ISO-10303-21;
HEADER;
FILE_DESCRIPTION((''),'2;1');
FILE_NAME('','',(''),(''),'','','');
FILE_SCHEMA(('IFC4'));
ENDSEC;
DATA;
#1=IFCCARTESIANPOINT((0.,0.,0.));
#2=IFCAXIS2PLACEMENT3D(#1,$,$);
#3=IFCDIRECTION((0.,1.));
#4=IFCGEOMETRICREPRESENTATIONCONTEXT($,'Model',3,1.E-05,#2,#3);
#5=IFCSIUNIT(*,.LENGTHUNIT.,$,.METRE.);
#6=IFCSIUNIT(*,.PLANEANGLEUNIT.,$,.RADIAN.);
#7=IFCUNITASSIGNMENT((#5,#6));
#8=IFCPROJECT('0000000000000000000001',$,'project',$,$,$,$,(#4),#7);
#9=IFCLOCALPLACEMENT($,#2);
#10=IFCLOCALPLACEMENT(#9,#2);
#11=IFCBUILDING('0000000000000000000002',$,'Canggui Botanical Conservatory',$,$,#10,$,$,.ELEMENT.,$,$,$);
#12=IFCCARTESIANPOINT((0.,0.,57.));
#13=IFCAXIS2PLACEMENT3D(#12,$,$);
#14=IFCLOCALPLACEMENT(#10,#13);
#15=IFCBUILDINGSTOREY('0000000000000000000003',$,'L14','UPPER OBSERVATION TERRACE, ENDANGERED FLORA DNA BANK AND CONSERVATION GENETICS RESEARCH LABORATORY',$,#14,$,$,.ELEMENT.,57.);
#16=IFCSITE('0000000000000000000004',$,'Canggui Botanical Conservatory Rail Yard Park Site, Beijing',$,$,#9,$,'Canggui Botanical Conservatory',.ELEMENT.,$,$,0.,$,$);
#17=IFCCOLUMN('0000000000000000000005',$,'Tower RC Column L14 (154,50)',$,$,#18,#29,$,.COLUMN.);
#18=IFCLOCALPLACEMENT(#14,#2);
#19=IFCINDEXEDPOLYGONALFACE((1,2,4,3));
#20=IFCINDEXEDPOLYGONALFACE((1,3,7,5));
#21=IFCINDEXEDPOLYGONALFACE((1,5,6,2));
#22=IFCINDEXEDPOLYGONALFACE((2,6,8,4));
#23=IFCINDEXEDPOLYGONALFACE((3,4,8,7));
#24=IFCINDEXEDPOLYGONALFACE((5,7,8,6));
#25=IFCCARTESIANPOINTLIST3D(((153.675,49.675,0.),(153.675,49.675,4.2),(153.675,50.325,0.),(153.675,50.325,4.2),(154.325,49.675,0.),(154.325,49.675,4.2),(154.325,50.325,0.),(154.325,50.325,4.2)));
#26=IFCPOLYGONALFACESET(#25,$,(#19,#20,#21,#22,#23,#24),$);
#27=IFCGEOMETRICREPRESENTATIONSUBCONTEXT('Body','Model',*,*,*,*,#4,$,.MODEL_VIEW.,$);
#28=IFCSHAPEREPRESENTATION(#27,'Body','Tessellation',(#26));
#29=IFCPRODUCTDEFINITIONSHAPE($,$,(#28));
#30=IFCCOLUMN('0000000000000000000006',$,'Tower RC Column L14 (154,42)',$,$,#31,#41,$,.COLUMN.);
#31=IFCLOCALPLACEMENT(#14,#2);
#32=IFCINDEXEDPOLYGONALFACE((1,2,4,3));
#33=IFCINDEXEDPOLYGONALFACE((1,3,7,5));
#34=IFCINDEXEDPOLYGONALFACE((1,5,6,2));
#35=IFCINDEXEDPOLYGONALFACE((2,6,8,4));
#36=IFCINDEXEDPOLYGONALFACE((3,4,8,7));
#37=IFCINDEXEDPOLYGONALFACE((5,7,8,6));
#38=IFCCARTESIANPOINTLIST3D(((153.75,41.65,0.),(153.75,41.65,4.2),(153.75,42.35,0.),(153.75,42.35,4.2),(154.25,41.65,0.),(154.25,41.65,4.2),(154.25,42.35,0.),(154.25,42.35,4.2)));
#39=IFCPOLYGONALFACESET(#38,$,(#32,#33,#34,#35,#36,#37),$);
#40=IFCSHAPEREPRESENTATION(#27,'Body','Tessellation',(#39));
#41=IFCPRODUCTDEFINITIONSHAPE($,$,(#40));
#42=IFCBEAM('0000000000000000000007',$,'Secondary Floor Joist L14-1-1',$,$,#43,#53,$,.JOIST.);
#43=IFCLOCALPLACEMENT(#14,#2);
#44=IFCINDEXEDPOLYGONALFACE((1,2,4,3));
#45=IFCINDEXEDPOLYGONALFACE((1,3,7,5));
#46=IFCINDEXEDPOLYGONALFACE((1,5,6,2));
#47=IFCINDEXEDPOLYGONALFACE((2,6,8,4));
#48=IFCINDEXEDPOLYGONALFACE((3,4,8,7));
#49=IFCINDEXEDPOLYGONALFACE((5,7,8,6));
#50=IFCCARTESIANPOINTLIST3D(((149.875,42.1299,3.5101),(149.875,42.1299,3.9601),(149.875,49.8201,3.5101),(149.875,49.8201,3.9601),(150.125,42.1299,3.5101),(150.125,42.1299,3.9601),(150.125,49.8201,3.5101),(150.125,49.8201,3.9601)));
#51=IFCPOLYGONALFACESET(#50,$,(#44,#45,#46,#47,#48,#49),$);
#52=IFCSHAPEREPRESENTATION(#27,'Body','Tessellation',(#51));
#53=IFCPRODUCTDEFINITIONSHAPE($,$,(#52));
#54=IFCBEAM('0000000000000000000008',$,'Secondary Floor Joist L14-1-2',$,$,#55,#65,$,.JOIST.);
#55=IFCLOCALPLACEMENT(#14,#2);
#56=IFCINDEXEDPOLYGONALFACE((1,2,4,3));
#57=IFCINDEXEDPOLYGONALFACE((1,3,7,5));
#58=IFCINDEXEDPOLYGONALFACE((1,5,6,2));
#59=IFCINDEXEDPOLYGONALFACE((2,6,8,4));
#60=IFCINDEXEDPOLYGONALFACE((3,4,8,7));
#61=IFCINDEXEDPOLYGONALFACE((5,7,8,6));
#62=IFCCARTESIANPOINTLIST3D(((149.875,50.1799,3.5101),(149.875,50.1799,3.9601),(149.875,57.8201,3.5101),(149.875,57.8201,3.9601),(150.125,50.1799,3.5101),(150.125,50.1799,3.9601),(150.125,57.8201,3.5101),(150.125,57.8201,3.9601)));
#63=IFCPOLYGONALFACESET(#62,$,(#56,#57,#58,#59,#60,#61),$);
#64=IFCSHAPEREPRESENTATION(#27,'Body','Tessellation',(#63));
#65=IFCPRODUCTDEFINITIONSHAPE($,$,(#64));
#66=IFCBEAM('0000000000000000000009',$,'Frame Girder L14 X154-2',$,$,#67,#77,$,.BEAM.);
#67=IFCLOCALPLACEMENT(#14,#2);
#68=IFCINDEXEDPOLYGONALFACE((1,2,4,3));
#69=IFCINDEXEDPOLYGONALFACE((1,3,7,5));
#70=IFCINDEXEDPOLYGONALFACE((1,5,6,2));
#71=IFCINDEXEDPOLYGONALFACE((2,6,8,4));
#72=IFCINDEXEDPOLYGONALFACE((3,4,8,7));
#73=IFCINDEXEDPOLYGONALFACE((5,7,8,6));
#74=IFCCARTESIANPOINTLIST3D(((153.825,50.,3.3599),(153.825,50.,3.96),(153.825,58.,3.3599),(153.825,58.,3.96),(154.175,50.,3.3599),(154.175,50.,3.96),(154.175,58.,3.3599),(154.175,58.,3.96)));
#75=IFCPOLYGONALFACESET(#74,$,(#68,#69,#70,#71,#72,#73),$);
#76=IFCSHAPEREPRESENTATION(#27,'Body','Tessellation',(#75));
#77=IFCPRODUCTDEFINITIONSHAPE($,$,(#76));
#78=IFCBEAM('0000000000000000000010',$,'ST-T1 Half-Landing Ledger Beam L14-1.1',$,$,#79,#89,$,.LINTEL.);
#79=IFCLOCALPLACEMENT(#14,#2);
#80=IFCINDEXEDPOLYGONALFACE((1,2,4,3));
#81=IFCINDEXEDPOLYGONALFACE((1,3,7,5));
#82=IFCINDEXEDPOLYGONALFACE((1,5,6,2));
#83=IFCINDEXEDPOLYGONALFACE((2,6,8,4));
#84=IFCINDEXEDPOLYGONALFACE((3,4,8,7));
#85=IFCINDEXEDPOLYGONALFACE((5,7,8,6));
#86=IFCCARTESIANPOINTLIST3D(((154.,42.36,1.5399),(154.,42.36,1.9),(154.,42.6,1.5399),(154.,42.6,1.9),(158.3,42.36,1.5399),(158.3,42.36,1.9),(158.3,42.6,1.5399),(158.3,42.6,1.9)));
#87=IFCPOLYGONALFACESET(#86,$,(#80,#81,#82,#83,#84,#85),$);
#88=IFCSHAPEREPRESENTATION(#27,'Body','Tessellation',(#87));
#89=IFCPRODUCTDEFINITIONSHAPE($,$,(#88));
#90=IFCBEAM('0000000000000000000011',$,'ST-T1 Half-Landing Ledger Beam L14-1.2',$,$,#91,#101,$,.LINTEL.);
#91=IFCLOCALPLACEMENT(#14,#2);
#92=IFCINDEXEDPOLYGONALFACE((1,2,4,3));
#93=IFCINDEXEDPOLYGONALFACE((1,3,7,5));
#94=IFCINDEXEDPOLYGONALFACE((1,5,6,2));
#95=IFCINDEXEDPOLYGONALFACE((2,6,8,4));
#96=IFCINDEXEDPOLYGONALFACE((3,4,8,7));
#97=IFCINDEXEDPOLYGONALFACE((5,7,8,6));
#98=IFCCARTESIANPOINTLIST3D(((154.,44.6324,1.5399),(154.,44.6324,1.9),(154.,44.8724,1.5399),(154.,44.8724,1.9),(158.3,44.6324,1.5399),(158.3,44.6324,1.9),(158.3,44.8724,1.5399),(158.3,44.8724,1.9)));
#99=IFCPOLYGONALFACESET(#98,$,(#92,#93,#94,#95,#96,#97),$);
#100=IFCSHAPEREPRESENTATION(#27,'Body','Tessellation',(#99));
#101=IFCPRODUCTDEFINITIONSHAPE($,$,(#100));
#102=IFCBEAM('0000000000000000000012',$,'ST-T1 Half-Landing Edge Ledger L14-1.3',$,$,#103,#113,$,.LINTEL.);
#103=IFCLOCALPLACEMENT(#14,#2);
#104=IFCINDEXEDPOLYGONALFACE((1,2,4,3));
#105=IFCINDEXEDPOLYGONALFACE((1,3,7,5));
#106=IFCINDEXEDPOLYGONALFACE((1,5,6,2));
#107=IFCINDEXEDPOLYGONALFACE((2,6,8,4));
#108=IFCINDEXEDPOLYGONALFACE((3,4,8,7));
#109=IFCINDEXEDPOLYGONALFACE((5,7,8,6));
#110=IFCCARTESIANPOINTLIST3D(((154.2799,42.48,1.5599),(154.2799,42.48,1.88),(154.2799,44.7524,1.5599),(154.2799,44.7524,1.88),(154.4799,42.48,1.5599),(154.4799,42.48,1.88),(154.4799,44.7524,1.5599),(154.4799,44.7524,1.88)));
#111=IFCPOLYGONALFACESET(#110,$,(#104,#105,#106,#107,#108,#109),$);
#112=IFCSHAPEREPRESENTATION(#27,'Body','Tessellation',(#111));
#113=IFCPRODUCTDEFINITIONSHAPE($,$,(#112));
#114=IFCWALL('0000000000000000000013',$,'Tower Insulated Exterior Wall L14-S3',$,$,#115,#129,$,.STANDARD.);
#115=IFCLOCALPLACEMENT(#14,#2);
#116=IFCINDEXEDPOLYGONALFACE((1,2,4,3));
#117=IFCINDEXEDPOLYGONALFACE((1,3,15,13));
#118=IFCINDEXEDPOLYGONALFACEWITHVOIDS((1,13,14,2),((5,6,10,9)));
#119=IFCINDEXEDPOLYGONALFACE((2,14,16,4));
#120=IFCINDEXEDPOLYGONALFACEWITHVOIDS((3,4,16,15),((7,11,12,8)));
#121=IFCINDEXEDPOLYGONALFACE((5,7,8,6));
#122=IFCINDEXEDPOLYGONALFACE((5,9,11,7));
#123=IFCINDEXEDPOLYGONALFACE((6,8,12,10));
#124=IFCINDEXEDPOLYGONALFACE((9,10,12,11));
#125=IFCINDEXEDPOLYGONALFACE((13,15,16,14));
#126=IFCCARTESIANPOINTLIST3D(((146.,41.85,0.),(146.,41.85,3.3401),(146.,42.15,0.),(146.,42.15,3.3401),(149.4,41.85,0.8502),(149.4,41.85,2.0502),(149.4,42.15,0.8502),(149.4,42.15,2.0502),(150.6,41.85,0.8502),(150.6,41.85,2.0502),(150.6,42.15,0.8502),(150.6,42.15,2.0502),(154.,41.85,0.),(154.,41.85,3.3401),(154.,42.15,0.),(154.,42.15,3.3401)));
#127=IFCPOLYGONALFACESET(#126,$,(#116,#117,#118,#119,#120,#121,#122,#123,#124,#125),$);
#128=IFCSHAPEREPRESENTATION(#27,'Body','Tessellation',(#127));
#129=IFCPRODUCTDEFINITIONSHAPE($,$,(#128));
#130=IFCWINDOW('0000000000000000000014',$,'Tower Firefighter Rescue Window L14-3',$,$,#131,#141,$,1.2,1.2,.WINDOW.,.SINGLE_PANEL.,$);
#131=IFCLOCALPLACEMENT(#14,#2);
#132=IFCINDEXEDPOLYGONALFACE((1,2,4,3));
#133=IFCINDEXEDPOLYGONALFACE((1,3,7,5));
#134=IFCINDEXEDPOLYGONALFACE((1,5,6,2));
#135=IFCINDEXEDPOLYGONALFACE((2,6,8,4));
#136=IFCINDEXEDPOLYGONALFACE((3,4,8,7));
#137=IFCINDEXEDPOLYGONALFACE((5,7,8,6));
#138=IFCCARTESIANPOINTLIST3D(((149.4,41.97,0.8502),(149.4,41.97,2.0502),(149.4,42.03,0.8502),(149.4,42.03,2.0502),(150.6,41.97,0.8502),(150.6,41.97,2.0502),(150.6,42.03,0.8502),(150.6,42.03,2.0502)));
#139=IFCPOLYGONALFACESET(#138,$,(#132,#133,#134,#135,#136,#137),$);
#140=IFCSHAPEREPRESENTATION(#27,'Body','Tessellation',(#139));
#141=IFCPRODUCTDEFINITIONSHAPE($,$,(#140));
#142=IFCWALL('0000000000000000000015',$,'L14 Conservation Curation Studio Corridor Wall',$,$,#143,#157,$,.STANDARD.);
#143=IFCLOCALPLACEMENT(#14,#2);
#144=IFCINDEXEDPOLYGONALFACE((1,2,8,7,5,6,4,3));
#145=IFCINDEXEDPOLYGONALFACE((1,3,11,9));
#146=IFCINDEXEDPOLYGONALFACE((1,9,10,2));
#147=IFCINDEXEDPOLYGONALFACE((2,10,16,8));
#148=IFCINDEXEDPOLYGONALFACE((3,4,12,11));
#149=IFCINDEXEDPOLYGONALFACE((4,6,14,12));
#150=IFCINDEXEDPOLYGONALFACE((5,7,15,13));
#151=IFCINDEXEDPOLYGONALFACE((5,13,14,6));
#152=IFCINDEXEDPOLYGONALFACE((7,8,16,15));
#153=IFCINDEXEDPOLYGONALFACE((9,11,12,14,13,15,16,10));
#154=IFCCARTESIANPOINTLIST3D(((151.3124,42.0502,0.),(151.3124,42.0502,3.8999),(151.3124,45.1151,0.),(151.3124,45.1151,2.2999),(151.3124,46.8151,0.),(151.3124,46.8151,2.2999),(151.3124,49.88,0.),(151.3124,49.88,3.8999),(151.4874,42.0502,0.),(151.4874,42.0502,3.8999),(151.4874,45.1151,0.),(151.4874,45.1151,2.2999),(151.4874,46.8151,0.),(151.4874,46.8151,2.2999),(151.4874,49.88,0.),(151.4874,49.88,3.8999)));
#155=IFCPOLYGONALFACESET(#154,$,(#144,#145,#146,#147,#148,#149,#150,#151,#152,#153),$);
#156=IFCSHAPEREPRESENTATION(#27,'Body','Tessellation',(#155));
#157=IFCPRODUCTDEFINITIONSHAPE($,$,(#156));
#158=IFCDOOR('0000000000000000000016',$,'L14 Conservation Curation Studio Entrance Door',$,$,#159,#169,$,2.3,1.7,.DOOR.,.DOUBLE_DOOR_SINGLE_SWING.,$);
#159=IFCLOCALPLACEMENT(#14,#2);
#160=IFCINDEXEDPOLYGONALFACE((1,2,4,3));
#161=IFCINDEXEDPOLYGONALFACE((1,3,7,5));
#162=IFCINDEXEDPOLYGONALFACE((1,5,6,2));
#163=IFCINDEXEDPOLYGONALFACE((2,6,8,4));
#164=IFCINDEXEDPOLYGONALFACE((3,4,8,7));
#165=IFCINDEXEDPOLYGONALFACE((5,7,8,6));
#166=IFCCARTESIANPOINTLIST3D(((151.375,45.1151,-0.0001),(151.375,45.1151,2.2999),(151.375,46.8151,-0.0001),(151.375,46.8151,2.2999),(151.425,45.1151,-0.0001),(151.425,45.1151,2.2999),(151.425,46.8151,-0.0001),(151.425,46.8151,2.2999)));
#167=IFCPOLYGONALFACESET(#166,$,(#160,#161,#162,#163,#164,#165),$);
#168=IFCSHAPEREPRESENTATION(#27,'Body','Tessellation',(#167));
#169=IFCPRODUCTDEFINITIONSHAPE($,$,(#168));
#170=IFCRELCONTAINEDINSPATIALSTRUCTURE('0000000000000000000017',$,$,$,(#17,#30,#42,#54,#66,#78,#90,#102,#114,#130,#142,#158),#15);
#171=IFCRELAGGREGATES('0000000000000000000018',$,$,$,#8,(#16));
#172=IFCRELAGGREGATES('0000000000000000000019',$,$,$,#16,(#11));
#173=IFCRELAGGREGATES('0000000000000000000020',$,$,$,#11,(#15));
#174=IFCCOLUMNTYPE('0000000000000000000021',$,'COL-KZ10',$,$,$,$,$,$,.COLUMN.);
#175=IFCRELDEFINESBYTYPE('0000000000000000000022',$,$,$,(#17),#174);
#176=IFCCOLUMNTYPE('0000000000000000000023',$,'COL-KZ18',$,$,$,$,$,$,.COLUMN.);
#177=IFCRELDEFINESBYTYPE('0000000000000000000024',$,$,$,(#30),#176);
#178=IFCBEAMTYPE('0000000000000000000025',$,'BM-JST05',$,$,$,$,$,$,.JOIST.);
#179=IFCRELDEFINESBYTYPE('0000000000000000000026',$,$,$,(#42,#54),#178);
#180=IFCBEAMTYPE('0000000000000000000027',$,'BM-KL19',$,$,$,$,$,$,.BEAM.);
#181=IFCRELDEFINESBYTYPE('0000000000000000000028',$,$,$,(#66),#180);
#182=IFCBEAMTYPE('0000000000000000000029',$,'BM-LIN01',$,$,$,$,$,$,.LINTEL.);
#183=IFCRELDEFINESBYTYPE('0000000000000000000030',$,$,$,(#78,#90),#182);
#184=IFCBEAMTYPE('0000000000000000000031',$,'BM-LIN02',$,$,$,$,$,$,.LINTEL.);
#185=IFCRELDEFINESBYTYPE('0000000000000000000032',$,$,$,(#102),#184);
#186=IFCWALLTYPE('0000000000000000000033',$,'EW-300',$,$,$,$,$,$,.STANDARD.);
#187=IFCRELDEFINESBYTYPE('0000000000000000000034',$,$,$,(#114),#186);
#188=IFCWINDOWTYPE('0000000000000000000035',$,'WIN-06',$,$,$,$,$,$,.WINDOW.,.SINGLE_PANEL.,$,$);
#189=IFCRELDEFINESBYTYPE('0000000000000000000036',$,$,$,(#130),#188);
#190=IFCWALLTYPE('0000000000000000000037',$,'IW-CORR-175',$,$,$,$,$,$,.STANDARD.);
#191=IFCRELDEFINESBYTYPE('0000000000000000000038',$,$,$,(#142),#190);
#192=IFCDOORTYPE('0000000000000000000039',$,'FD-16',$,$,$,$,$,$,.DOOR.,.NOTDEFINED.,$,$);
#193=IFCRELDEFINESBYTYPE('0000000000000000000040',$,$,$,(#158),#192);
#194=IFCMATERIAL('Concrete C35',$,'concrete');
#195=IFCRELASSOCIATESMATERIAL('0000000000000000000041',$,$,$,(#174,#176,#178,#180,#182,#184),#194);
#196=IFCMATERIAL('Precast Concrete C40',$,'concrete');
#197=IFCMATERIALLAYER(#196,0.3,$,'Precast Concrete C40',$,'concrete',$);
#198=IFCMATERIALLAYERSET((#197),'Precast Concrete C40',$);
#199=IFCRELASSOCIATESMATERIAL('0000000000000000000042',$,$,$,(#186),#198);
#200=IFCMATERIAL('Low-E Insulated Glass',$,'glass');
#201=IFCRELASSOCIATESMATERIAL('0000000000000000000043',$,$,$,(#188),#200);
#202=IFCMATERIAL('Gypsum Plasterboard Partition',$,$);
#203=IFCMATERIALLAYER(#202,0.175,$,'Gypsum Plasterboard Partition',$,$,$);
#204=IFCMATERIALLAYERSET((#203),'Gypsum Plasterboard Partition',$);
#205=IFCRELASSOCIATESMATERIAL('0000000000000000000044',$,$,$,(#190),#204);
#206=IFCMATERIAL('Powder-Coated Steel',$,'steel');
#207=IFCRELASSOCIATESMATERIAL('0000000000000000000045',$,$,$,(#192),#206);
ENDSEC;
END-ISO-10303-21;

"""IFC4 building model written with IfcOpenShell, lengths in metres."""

from ifc_helpers import new_model, si_unit, direction, frame, frame_2d, origin, origin_2d, place, context, subcontext, project, spatial, rectangle, extrude, material, layer, layer_set, material_profile, profile_set, type_object, element, fill, save


model = new_model("IFC4")

# Units and contexts
model_context = context("Model", 3, precision=1e-05, world=origin(), true_north=direction((0.0, 1.0)))
body_context = subcontext(model_context, "Body", "Model", "MODEL_VIEW")
ifc_project = project(units=[si_unit("LENGTHUNIT", "METRE"), si_unit("PLANEANGLEUNIT", "RADIAN")], contexts=[model_context])

# Site, building, storey
site_placement = place(None, origin())
site = spatial("IfcSite", under=ifc_project, at=site_placement, Name="Canggui Botanical Conservatory Rail Yard Park Site, Beijing", LongName="Canggui Botanical Conservatory", CompositionType="ELEMENT", RefElevation=0.0)
building_placement = place(site_placement, origin())
building = spatial("IfcBuilding", under=site, at=building_placement, Name="Canggui Botanical Conservatory", CompositionType="ELEMENT")
storey_placement = place(building_placement, frame((0.0, 0.0, 57.0)))
storey = spatial("IfcBuildingStorey", under=building, at=storey_placement, Name="L14", Description="UPPER OBSERVATION TERRACE, ENDANGERED FLORA DNA BANK AND CONSERVATION GENETICS RESEARCH LABORATORY", CompositionType="ELEMENT", Elevation=57.0)

# Columns
ifc_material_1 = material(Name="Concrete C35", Category="concrete")
ifc_material_profile_1 = material_profile(ifc_material_1, rectangle(XDim=0.6499, YDim=0.6499, at=origin_2d()), Name="RC 650x650")
ifc_profile_set_1 = profile_set([ifc_material_profile_1], Name="Concrete C35")
column_type_1 = type_object("IfcColumnType", Name="COL-KZ10", PredefinedType="COLUMN", material=ifc_profile_set_1)
column_1_placement = place(storey_placement, frame((154.0, 50.0, 0.0), z_axis=(0.0, 0.0, 1.0), x_axis=(1.0, 0.0, 0.0)))
element("IfcColumn", 1, at=column_1_placement, inside=storey, type_object=column_type_1, Name="Tower RC Column L14 (154,50)", PredefinedType="COLUMN", context=body_context, shape_type="SweptSolid", body=[
    extrude(rectangle(XDim=0.6499, YDim=0.6499, at=origin_2d()), origin(), (0.0, 0.0, 1.0), 4.2),
])
ifc_material_profile_2 = material_profile(ifc_material_1, rectangle(XDim=0.5, YDim=0.7, at=origin_2d()), Name="RC 500x700")
ifc_profile_set_2 = profile_set([ifc_material_profile_2], Name="Concrete C35")
column_type_2 = type_object("IfcColumnType", Name="COL-KZ18", PredefinedType="COLUMN", material=ifc_profile_set_2)
column_2_placement = place(storey_placement, frame((154.0, 42.0, 0.0), z_axis=(0.0, 0.0, 1.0), x_axis=(1.0, 0.0, 0.0)))
element("IfcColumn", 2, at=column_2_placement, inside=storey, type_object=column_type_2, Name="Tower RC Column L14 (154,42)", PredefinedType="COLUMN", context=body_context, shape_type="SweptSolid", body=[
    extrude(rectangle(XDim=0.5, YDim=0.7, at=origin_2d()), origin(), (0.0, 0.0, 1.0), 4.2),
])

# Beams
ifc_material_profile_3 = material_profile(ifc_material_1, rectangle(XDim=0.25, YDim=0.45, at=origin_2d()), Name="RB 250x450")
ifc_profile_set_3 = profile_set([ifc_material_profile_3], Name="Concrete C35")
beam_type_1 = type_object("IfcBeamType", Name="BM-JST05", PredefinedType="JOIST", material=ifc_profile_set_3)
beam_1_placement = place(storey_placement, frame((150.0, 42.1299, 3.7351), z_axis=(0.0, 1.0, 0.0), x_axis=(-1.0, 0.0, 0.0)))
element("IfcBeam", 3, at=beam_1_placement, inside=storey, type_object=beam_type_1, Name="Secondary Floor Joist L14-1-1", PredefinedType="JOIST", context=body_context, shape_type="SweptSolid", body=[
    extrude(rectangle(XDim=0.25, YDim=0.45, at=origin_2d()), origin(), (0.0, 0.0, 1.0), 7.6902),
])
beam_2_placement = place(storey_placement, frame((150.0, 50.1799, 3.7351), z_axis=(0.0, 1.0, 0.0), x_axis=(-1.0, 0.0, 0.0)))
element("IfcBeam", 4, at=beam_2_placement, inside=storey, type_object=beam_type_1, Name="Secondary Floor Joist L14-1-2", PredefinedType="JOIST", context=body_context, shape_type="SweptSolid", body=[
    extrude(rectangle(XDim=0.25, YDim=0.45, at=origin_2d()), origin(), (0.0, 0.0, 1.0), 7.6401),
])
ifc_material_profile_4 = material_profile(ifc_material_1, rectangle(XDim=0.3501, YDim=0.6001, at=origin_2d()), Name="RB 350x600")
ifc_profile_set_4 = profile_set([ifc_material_profile_4], Name="Concrete C35")
beam_type_2 = type_object("IfcBeamType", Name="BM-KL19", PredefinedType="BEAM", material=ifc_profile_set_4)
beam_3_placement = place(storey_placement, frame((154.0, 50.0, 3.6599), z_axis=(0.0, 1.0, 0.0), x_axis=(-1.0, 0.0, 0.0)))
element("IfcBeam", 5, at=beam_3_placement, inside=storey, type_object=beam_type_2, Name="Frame Girder L14 X154-2", PredefinedType="BEAM", context=body_context, shape_type="SweptSolid", body=[
    extrude(rectangle(XDim=0.3501, YDim=0.6001, at=origin_2d()), origin(), (0.0, 0.0, 1.0), 8.0),
])
ifc_material_profile_5 = material_profile(ifc_material_1, rectangle(XDim=0.24, YDim=0.3601, at=origin_2d()), Name="RB 240x360")
ifc_profile_set_5 = profile_set([ifc_material_profile_5], Name="Concrete C35")
beam_type_3 = type_object("IfcBeamType", Name="BM-LIN01", PredefinedType="LINTEL", material=ifc_profile_set_5)
for number, where, z_axis, x_axis, name in (
    (6, (154.0, 42.48, 1.72), (1.0, 0.0, 0.0), (0.0, 1.0, 0.0), "ST-T1 Half-Landing Ledger Beam L14-1.1"),
    (7, (154.0, 44.7524, 1.72), (1.0, 0.0, 0.0), (0.0, 1.0, 0.0), "ST-T1 Half-Landing Ledger Beam L14-1.2"),
):
    element("IfcBeam", number, at=place(storey_placement, frame(where, z_axis=z_axis, x_axis=x_axis)), inside=storey, type_object=beam_type_3, Name=name, PredefinedType="LINTEL", context=body_context, shape_type="SweptSolid", body=[
        extrude(rectangle(XDim=0.24, YDim=0.3601, at=origin_2d()), origin(), (0.0, 0.0, 1.0), 4.3),
    ])
ifc_material_profile_6 = material_profile(ifc_material_1, rectangle(XDim=0.2, YDim=0.3201, at=origin_2d()), Name="RB 200x320")
ifc_profile_set_6 = profile_set([ifc_material_profile_6], Name="Concrete C35")
beam_type_4 = type_object("IfcBeamType", Name="BM-LIN02", PredefinedType="LINTEL", material=ifc_profile_set_6)
beam_4_placement = place(storey_placement, frame((154.3799, 42.48, 1.72), z_axis=(0.0, 1.0, 0.0), x_axis=(-1.0, 0.0, 0.0)))
element("IfcBeam", 8, at=beam_4_placement, inside=storey, type_object=beam_type_4, Name="ST-T1 Half-Landing Edge Ledger L14-1.3", PredefinedType="LINTEL", context=body_context, shape_type="SweptSolid", body=[
    extrude(rectangle(XDim=0.2, YDim=0.3201, at=origin_2d()), origin(), (0.0, 0.0, 1.0), 2.2725),
])

# Wall, opening, window
ifc_material_2 = material(Name="Precast Concrete C40", Category="concrete")
ifc_layer_1 = layer(ifc_material_2, 0.3, Name="Precast Concrete C40", Category="concrete")
ifc_layer_set_1 = layer_set([ifc_layer_1], Name="Precast Concrete C40")
wall_type_1 = type_object("IfcWallType", Name="EW-300", PredefinedType="STANDARD", material=ifc_layer_set_1)
wall_1_placement = place(storey_placement, frame((154.0, 42.0, 0.0), z_axis=(0.0, 0.0, 1.0), x_axis=(-1.0, 0.0, 0.0)))
wall_1 = element("IfcWall", 9, at=wall_1_placement, inside=storey, type_object=wall_type_1, Name="Tower Insulated Exterior Wall L14-S3", PredefinedType="STANDARD", context=body_context, shape_type="SweptSolid", body=[
    extrude(rectangle(XDim=8.0, YDim=0.3, at=frame_2d((4.0, 0.0))), origin(), (0.0, 0.0, 1.0), 3.3401),
])
opening_1_placement = place(wall_1_placement, frame((3.3999, 0.0, 0.8501)))
opening_1 = element("IfcOpeningElement", 10, at=opening_1_placement, cuts=wall_1, PredefinedType="OPENING", context=body_context, shape_type="SweptSolid", body=[
    extrude(rectangle(XDim=1.2, YDim=1.2, at=frame_2d((0.6001, 0.6001))), frame((0.0, 0.1602, 0.0), z_axis=(0.0, -1.0, 0.0), x_axis=(1.0, 0.0, 0.0)), (0.0, 0.0, 1.0), 0.3201),
])
ifc_material_3 = material(Name="Low-E Insulated Glass", Category="glass")
window_type = type_object("IfcWindowType", Name="WIN-06", PartitioningType="SINGLE_PANEL", PredefinedType="WINDOW", material=ifc_material_3)
window_placement = place(opening_1_placement, origin())
window = element("IfcWindow", 11, at=window_placement, inside=storey, type_object=window_type, Name="Tower Firefighter Rescue Window L14-3", OverallHeight=1.2, OverallWidth=1.2, PartitioningType="SINGLE_PANEL", PredefinedType="WINDOW", context=body_context, shape_type="SweptSolid", body=[
    extrude(rectangle(XDim=1.2, YDim=1.2, at=frame_2d((0.6001, 0.6001))), frame((0.0, 0.03, 0.0), z_axis=(0.0, -1.0, 0.0), x_axis=(1.0, 0.0, 0.0)), (0.0, 0.0, 1.0), 0.0601),
])
fill(opening_1, window)

# Wall, opening, door
ifc_material_4 = material(Name="Gypsum Plasterboard Partition")
ifc_layer_2 = layer(ifc_material_4, 0.175, Name="Gypsum Plasterboard Partition")
ifc_layer_set_2 = layer_set([ifc_layer_2], Name="Gypsum Plasterboard Partition")
wall_type_2 = type_object("IfcWallType", Name="IW-CORR-175", PredefinedType="STANDARD", material=ifc_layer_set_2)
wall_2_placement = place(storey_placement, frame((151.3999, 42.05, 0.0), z_axis=(0.0, 0.0, 1.0), x_axis=(0.0, 1.0, 0.0)))
wall_2 = element("IfcWall", 12, at=wall_2_placement, inside=storey, type_object=wall_type_2, Name="L14 Conservation Curation Studio Corridor Wall", PredefinedType="STANDARD", context=body_context, shape_type="SweptSolid", body=[
    extrude(rectangle(XDim=7.8298, YDim=0.175, at=frame_2d((3.915, 0.0))), origin(), (0.0, 0.0, 1.0), 3.8999),
])
opening_2_placement = place(wall_2_placement, frame((3.0649, 0.0, 0.0)))
opening_2 = element("IfcOpeningElement", 13, at=opening_2_placement, cuts=wall_2, PredefinedType="OPENING", context=body_context, shape_type="SweptSolid", body=[
    extrude(rectangle(XDim=1.7, YDim=2.3, at=frame_2d((0.8501, 1.1499))), frame((0.0, 0.0977, 0.0), z_axis=(0.0, -1.0, 0.0), x_axis=(1.0, 0.0, 0.0)), (0.0, 0.0, 1.0), 0.1951),
])
ifc_material_5 = material(Name="Powder-Coated Steel", Category="steel")
door_type_1 = type_object("IfcDoorType", Name="FD-16", OperationType="NOTDEFINED", PredefinedType="DOOR", material=ifc_material_5)
door_1_placement = place(opening_2_placement, origin())
door_1 = element("IfcDoor", 14, at=door_1_placement, inside=storey, type_object=door_type_1, Name="L14 Conservation Curation Studio Entrance Door", OperationType="DOUBLE_DOOR_SINGLE_SWING", OverallHeight=2.3, OverallWidth=1.7, PredefinedType="DOOR", context=body_context, shape_type="SweptSolid", body=[
    extrude(rectangle(XDim=1.7, YDim=2.3, at=frame_2d((0.8501, 1.1499))), frame((0.0, 0.0249, 0.0), z_axis=(0.0, -1.0, 0.0), x_axis=(1.0, 0.0, 0.0)), (0.0, 0.0, 1.0), 0.05),
])
fill(opening_2, door_1)

save(model, "model.ifc")
